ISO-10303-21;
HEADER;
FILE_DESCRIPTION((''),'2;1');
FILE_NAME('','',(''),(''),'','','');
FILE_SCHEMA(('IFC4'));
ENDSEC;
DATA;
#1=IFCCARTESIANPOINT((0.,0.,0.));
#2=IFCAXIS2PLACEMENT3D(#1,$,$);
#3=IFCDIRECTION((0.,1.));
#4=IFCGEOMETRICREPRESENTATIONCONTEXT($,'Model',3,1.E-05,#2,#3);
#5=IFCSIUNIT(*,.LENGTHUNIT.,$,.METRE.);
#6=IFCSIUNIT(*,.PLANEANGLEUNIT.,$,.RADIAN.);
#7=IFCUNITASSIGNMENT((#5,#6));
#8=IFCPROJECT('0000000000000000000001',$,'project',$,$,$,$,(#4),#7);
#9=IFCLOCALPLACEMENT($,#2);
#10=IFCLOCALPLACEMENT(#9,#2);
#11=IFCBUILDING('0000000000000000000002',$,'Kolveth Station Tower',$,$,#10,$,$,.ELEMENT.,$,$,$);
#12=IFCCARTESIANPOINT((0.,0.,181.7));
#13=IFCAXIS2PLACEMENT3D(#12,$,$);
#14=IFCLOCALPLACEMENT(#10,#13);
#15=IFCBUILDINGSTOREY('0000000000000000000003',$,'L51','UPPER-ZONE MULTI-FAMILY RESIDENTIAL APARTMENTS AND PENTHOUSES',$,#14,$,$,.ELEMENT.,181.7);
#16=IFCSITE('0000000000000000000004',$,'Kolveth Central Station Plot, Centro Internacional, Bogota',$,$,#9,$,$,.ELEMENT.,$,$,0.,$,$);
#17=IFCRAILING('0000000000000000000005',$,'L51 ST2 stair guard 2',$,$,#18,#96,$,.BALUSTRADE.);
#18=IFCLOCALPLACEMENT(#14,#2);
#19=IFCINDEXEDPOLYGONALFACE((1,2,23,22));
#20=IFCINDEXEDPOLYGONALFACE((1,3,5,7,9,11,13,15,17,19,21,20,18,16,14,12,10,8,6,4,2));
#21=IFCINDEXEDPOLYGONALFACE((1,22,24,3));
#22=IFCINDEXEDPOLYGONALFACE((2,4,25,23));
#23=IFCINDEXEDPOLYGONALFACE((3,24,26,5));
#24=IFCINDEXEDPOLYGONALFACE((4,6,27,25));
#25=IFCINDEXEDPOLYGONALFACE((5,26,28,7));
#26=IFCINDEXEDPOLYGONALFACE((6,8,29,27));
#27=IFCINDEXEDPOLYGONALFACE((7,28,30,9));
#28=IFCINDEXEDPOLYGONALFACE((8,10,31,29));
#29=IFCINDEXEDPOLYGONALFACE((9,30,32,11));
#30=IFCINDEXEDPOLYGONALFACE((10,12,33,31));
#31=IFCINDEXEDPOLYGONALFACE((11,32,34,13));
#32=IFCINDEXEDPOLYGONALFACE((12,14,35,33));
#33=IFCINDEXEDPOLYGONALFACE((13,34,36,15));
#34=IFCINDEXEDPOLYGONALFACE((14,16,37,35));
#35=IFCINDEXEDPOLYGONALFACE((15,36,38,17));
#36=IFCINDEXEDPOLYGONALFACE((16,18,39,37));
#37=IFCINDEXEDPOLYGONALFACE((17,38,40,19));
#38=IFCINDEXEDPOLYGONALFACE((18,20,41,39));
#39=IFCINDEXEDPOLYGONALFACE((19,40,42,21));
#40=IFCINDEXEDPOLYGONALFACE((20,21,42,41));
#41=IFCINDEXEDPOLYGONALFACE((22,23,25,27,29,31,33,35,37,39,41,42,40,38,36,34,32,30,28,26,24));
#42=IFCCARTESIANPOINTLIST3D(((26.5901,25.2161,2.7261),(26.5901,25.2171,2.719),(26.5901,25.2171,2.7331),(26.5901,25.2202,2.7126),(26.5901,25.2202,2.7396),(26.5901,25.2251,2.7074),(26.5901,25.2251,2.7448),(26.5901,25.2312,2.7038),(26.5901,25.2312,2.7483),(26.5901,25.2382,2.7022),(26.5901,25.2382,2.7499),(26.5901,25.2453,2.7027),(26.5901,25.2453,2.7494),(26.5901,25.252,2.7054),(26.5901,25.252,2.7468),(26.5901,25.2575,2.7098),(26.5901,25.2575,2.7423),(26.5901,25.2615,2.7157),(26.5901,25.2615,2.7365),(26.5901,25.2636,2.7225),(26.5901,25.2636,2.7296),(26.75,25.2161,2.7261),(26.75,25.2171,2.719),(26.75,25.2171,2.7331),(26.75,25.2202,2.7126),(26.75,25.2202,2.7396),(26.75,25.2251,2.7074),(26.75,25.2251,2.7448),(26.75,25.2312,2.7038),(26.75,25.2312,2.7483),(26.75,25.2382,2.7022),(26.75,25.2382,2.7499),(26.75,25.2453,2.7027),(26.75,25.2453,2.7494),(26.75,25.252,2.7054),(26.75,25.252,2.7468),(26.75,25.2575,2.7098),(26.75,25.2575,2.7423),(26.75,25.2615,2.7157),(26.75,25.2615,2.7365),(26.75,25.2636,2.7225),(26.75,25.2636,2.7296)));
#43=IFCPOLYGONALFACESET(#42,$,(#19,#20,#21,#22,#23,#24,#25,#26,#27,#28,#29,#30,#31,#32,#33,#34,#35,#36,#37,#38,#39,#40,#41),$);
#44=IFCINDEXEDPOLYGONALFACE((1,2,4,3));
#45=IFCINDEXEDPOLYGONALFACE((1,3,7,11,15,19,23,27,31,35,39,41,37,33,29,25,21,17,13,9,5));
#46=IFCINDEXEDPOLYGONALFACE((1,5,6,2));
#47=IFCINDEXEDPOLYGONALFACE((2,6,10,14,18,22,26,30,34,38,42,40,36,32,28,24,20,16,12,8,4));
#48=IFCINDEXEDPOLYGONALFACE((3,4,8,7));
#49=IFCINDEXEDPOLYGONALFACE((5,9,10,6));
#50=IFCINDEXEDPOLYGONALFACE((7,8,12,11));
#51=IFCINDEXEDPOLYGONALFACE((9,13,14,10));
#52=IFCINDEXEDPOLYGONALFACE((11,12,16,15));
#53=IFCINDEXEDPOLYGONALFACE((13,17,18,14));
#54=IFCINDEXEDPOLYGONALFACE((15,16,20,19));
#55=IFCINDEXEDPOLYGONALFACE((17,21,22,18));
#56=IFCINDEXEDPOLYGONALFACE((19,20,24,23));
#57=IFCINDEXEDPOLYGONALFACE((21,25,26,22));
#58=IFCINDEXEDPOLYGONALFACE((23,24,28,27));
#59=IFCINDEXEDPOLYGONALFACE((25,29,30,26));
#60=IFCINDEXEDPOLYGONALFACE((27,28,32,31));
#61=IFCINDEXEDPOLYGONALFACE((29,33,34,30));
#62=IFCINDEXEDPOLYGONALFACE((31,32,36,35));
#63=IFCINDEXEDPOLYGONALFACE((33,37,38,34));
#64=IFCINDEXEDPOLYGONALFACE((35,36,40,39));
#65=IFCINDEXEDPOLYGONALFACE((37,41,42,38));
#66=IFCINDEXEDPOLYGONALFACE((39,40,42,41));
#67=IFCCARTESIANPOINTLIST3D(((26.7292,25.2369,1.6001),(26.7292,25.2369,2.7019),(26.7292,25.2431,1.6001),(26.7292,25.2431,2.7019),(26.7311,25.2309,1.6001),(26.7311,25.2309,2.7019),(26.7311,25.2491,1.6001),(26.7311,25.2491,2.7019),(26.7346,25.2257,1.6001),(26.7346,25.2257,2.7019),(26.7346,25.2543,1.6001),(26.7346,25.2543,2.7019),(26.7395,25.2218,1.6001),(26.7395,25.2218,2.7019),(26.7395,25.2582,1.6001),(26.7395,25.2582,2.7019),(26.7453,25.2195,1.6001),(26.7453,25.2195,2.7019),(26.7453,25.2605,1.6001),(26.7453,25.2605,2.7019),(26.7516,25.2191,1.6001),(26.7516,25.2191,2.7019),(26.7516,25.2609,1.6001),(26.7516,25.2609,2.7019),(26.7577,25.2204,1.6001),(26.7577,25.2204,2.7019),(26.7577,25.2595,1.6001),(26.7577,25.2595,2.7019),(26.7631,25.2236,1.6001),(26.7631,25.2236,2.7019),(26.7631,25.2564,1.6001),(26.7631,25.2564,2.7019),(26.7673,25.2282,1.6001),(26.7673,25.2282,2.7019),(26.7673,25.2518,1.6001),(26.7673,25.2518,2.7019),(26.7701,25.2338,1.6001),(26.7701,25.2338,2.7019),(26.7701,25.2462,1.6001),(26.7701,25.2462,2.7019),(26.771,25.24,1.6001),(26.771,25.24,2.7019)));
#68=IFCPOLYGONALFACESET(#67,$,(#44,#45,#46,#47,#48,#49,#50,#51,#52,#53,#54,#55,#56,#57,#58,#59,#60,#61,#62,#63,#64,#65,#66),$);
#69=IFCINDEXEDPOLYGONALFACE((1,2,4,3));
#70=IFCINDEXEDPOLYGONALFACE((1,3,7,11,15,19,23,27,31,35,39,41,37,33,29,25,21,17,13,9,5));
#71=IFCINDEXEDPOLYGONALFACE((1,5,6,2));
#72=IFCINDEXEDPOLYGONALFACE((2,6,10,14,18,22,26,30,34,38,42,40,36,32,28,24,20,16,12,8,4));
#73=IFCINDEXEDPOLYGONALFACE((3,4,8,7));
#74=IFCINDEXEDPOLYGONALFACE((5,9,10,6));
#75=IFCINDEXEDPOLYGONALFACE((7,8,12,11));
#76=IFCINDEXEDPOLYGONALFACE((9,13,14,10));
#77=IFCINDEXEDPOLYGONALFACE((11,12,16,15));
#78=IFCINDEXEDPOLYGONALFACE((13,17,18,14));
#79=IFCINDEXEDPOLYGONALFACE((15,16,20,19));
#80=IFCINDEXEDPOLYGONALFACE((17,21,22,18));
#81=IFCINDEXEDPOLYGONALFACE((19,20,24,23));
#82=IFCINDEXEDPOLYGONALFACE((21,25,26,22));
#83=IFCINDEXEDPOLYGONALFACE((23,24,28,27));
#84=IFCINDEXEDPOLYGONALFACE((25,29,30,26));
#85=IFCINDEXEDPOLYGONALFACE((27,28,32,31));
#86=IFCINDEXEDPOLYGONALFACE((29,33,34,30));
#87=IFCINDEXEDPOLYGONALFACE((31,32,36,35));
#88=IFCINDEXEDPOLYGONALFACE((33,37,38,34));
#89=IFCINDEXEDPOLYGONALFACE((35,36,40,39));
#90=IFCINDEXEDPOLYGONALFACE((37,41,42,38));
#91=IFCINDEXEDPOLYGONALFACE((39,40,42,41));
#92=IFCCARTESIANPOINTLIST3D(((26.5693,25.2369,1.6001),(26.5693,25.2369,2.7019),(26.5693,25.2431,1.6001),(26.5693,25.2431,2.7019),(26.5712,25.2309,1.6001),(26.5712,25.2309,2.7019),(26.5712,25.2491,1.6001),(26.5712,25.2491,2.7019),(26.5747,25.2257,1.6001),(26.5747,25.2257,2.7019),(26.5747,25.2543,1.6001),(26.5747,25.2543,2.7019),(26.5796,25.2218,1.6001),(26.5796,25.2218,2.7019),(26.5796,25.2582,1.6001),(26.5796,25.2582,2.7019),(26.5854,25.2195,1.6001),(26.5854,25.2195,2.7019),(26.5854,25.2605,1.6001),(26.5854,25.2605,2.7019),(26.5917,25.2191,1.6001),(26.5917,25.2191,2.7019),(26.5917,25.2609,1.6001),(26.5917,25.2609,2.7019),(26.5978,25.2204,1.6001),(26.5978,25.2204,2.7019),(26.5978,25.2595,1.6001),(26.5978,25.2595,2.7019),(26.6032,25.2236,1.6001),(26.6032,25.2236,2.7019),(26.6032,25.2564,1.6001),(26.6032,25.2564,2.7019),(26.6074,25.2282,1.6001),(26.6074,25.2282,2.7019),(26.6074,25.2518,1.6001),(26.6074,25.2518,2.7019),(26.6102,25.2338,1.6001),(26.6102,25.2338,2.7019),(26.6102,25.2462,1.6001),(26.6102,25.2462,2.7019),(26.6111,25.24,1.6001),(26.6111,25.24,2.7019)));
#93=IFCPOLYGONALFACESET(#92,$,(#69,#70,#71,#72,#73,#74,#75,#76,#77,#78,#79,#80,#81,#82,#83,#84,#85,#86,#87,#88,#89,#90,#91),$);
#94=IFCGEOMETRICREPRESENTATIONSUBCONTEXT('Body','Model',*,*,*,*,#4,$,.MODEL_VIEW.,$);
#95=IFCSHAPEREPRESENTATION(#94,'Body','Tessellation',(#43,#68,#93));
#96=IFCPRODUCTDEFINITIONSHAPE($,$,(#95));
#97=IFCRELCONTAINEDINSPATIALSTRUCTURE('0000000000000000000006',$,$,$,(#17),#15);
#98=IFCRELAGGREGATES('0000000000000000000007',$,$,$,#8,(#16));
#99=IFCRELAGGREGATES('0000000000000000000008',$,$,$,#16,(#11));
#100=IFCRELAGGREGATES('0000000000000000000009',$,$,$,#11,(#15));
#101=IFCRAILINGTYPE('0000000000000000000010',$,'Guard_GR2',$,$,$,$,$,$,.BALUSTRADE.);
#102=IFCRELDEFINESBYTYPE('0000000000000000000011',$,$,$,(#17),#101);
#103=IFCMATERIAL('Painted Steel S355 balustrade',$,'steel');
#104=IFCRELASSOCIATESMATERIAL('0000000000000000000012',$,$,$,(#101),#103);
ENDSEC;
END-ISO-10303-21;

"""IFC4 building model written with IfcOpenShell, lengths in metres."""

from ifc_helpers import new_model, si_unit, direction, frame, origin, origin_2d, place, context, subcontext, project, spatial, circle, extrude, material, type_object, element, save


model = new_model("IFC4")

# Units and contexts
model_context = context("Model", 3, precision=1e-05, world=origin(), true_north=direction((0.0, 1.0)))
body_context = subcontext(model_context, "Body", "Model", "MODEL_VIEW")
ifc_project = project(units=[si_unit("LENGTHUNIT", "METRE"), si_unit("PLANEANGLEUNIT", "RADIAN")], contexts=[model_context])

# Site, building, storey
site_placement = place(None, origin())
site = spatial("IfcSite", under=ifc_project, at=site_placement, Name="Kolveth Central Station Plot, Centro Internacional, Bogota", CompositionType="ELEMENT", RefElevation=0.0)
building_placement = place(site_placement, origin())
building = spatial("IfcBuilding", under=site, at=building_placement, Name="Kolveth Station Tower", CompositionType="ELEMENT")
storey_placement = place(building_placement, frame((0.0, 0.0, 181.7)))
storey = spatial("IfcBuildingStorey", under=building, at=storey_placement, Name="L51", Description="UPPER-ZONE MULTI-FAMILY RESIDENTIAL APARTMENTS AND PENTHOUSES", CompositionType="ELEMENT", Elevation=181.7)

# Railing
ifc_material_1 = material(Name="Painted Steel S355 balustrade", Category="steel")
railing_type_1 = type_object("IfcRailingType", Name="Guard_GR2", PredefinedType="BALUSTRADE", material=ifc_material_1)
railing_1_placement = place(storey_placement, frame((26.75, 25.24, 1.6001)))
element("IfcRailing", 1, at=railing_1_placement, inside=storey, type_object=railing_type_1, Name="L51 ST2 stair guard 2", PredefinedType="BALUSTRADE", context=body_context, shape_type="SweptSolid", body=[
    extrude(circle(Radius=0.0239, at=origin_2d()), frame((0.0, 0.0, 1.126), z_axis=(-1.0, 0.0, 0.0), x_axis=(0.0, -1.0, 0.0)), (0.0, 0.0, 1.0), 0.1599),
    extrude(circle(Radius=0.021, at=origin_2d()), origin(), (0.0, 0.0, 1.0), 1.1018),
    extrude(circle(Radius=0.021, at=origin_2d()), frame((-0.1599, 0.0, 0.0)), (0.0, 0.0, 1.0), 1.1018),
])

save(model, "model.ifc")
